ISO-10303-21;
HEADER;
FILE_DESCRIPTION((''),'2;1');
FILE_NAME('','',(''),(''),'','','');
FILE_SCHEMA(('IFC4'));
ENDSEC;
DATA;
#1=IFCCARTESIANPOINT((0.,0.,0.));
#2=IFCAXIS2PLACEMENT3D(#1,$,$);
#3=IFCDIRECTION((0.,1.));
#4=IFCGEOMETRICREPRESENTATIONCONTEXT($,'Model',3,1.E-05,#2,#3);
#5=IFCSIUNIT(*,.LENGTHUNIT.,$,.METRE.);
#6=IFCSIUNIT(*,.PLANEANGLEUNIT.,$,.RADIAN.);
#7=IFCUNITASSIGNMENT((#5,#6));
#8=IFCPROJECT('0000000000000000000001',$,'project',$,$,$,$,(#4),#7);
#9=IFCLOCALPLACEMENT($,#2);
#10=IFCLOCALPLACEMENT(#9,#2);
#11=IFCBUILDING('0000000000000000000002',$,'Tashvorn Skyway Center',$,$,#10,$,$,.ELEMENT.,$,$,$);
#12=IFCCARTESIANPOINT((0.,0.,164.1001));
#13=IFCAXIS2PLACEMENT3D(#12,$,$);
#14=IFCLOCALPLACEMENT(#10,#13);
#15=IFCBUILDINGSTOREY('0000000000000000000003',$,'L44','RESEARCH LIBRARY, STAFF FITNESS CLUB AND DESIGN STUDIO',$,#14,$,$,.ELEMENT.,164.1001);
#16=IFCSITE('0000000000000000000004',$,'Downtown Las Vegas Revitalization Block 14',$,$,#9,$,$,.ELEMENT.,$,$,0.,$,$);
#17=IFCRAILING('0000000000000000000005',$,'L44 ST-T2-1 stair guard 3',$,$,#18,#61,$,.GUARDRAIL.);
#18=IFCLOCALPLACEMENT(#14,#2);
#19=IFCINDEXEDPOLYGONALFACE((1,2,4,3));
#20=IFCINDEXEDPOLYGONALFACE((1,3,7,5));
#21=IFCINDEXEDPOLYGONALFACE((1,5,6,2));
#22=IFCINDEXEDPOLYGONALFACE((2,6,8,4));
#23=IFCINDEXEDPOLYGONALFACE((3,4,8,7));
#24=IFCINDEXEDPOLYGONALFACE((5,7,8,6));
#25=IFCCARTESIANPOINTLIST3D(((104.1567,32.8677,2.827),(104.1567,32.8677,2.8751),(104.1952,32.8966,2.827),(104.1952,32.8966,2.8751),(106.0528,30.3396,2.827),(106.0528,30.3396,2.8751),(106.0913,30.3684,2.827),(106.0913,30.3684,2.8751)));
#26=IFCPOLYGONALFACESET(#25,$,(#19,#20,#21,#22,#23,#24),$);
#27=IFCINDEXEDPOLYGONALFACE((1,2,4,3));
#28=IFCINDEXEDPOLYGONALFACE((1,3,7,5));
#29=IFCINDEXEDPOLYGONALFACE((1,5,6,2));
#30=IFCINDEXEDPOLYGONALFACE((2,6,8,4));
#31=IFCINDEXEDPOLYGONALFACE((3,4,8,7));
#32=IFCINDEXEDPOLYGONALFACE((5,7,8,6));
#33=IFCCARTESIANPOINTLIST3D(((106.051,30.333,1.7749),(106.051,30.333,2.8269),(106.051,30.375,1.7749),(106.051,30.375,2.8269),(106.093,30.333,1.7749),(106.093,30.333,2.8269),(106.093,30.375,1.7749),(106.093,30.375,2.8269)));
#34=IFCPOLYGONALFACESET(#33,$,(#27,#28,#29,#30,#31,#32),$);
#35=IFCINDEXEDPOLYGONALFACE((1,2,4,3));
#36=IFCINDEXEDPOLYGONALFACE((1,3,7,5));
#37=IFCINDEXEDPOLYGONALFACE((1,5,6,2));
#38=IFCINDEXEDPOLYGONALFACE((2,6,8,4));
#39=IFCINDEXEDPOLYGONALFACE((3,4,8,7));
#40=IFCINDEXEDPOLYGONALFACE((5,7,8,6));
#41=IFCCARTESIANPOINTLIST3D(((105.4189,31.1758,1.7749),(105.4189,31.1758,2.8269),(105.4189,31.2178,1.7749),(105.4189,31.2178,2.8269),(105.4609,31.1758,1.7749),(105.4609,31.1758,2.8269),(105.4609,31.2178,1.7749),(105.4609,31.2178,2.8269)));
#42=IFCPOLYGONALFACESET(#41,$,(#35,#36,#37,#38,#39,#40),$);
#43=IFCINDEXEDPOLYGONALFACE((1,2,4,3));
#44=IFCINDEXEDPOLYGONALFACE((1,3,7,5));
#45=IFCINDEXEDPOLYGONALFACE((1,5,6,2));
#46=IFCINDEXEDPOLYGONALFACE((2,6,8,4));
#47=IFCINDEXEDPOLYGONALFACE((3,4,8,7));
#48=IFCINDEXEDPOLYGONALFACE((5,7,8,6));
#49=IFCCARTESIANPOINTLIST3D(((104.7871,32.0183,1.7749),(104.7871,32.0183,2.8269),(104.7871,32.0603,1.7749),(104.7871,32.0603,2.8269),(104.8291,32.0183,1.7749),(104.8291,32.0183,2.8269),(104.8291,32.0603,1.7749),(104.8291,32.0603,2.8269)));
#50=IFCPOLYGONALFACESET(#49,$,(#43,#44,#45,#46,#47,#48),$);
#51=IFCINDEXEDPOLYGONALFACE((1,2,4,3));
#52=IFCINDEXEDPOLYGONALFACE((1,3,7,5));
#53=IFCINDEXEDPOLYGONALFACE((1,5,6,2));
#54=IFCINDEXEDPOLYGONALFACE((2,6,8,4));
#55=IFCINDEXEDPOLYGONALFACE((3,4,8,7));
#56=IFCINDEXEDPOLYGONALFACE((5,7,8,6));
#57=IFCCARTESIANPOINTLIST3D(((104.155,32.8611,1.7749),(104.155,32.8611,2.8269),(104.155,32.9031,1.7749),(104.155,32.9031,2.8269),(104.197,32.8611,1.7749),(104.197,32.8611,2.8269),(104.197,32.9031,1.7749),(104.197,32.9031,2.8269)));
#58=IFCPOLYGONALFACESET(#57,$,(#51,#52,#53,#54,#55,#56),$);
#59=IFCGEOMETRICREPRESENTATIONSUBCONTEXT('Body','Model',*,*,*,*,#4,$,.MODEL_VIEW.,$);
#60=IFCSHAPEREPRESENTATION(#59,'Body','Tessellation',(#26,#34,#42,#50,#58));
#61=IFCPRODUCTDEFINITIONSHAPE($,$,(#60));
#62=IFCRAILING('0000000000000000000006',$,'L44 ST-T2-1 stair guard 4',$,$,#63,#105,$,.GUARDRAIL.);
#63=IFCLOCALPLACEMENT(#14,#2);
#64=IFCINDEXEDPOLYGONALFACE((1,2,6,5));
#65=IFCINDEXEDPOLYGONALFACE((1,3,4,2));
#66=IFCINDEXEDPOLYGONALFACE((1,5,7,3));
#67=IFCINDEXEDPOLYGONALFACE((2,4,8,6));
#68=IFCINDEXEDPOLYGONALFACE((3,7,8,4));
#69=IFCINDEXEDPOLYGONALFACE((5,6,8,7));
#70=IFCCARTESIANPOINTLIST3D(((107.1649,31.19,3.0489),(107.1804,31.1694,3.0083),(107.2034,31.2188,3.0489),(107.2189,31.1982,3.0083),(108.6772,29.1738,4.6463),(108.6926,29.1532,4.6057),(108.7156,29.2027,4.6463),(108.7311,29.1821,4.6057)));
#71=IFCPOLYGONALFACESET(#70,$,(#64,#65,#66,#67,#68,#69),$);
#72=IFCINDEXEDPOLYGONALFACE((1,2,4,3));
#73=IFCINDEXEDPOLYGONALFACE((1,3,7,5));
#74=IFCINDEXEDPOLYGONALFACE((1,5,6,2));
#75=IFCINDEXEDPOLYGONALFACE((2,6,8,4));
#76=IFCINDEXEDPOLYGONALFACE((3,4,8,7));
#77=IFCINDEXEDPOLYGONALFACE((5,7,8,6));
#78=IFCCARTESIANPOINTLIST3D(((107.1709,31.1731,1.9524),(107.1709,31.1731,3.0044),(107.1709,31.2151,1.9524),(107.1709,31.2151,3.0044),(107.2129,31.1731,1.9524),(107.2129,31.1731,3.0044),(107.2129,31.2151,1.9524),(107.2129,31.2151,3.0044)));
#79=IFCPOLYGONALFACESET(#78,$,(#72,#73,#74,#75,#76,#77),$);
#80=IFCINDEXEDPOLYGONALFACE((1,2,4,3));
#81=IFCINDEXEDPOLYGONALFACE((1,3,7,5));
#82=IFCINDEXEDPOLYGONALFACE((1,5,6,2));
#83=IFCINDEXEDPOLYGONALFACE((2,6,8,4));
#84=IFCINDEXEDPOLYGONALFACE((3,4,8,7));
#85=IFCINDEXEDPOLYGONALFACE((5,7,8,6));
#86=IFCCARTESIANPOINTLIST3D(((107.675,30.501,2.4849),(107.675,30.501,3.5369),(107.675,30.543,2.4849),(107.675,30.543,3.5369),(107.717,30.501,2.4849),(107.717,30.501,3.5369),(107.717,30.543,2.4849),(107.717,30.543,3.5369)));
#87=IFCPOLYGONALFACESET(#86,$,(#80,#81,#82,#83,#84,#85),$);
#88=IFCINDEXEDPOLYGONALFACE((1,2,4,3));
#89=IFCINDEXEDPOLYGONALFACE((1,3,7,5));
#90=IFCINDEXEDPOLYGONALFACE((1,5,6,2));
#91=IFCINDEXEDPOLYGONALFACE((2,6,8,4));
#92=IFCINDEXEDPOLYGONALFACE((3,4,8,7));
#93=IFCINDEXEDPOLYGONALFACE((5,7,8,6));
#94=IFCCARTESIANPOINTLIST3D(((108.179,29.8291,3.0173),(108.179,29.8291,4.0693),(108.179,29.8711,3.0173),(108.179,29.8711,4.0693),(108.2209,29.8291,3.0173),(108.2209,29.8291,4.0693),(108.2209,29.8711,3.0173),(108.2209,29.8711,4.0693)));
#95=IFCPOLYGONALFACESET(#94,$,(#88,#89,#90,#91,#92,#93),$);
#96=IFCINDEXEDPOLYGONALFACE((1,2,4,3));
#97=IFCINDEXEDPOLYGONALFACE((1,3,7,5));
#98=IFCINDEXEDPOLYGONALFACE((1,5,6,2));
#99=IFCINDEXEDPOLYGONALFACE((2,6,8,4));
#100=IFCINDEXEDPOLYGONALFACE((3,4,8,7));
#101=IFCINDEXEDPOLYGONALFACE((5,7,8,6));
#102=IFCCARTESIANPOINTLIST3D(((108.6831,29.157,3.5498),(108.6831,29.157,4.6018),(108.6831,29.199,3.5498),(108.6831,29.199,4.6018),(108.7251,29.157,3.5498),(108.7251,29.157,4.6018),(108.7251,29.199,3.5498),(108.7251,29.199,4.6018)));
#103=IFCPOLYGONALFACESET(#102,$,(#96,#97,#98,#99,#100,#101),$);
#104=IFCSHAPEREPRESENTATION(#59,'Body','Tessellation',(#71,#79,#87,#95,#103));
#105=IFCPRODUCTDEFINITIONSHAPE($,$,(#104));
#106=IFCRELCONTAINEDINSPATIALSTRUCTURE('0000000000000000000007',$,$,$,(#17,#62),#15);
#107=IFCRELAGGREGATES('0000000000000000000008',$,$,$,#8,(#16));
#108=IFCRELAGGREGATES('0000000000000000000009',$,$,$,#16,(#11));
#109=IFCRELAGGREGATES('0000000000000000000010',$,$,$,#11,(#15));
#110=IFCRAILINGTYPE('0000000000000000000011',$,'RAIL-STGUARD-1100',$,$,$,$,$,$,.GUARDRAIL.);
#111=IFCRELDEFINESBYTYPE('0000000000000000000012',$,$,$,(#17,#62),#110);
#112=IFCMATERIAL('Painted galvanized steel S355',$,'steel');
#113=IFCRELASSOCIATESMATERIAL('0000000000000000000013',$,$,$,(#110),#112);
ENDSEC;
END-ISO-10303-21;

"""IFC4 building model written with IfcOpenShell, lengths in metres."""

from ifc_helpers import new_model, si_unit, direction, frame, origin, origin_2d, place, context, subcontext, project, spatial, rectangle, extrude, material, type_object, element, save


model = new_model("IFC4")

# Units and contexts
model_context = context("Model", 3, precision=1e-05, world=origin(), true_north=direction((0.0, 1.0)))
body_context = subcontext(model_context, "Body", "Model", "MODEL_VIEW")
ifc_project = project(units=[si_unit("LENGTHUNIT", "METRE"), si_unit("PLANEANGLEUNIT", "RADIAN")], contexts=[model_context])

# Site, building, storey
site_placement = place(None, origin())
site = spatial("IfcSite", under=ifc_project, at=site_placement, Name="Downtown Las Vegas Revitalization Block 14", CompositionType="ELEMENT", RefElevation=0.0)
building_placement = place(site_placement, origin())
building = spatial("IfcBuilding", under=site, at=building_placement, Name="Tashvorn Skyway Center", CompositionType="ELEMENT")
storey_placement = place(building_placement, frame((0.0, 0.0, 164.1001)))
storey = spatial("IfcBuildingStorey", under=building, at=storey_placement, Name="L44", Description="RESEARCH LIBRARY, STAFF FITNESS CLUB AND DESIGN STUDIO", CompositionType="ELEMENT", Elevation=164.1001)

# Railings
ifc_material_1 = material(Name="Painted galvanized steel S355", Category="steel")
railing_type_1 = type_object("IfcRailingType", Name="RAIL-STGUARD-1100", PredefinedType="GUARDRAIL", material=ifc_material_1)
railing_1_placement = place(storey_placement, frame((106.072, 30.354, 1.7749)))
element("IfcRailing", 1, at=railing_1_placement, inside=storey, type_object=railing_type_1, Name="L44 ST-T2-1 stair guard 3", PredefinedType="GUARDRAIL", context=body_context, shape_type="SweptSolid", body=[
    extrude(rectangle(XDim=0.0481, YDim=0.0481, at=origin_2d()), frame((0.0, 0.0, 1.0762), z_axis=(-0.599988, 0.800009, 0.0), x_axis=(-0.800009, -0.599988, 0.0)), (0.0, 0.0, 1.0), 3.1602),
    extrude(rectangle(XDim=0.042, YDim=0.042, at=origin_2d()), origin(), (0.0, 0.0, 1.0), 1.052),
    extrude(rectangle(XDim=0.042, YDim=0.042, at=origin_2d()), frame((-0.6321, 0.8428, 0.0)), (0.0, 0.0, 1.0), 1.052),
    extrude(rectangle(XDim=0.042, YDim=0.042, at=origin_2d()), frame((-1.2639, 1.6853, 0.0)), (0.0, 0.0, 1.0), 1.052),
    extrude(rectangle(XDim=0.042, YDim=0.042, at=origin_2d()), frame((-1.896, 2.5281, 0.0)), (0.0, 0.0, 1.0), 1.052),
])
railing_2_placement = place(storey_placement, frame((107.1919, 31.1941, 1.9524)))
element("IfcRailing", 2, at=railing_2_placement, inside=storey, type_object=railing_type_1, Name="L44 ST-T2-1 stair guard 4", PredefinedType="GUARDRAIL", context=body_context, shape_type="SweptSolid", body=[
    extrude(rectangle(XDim=0.0481, YDim=0.0481, at=origin_2d()), frame((0.0, 0.0, 1.0762), z_axis=(0.506802, -0.675681, 0.535357), x_axis=(0.799977, 0.600031, 0.0)), (0.0, 0.0, 1.0), 2.9839),
    extrude(rectangle(XDim=0.042, YDim=0.042, at=origin_2d()), origin(), (0.0, 0.0, 1.0), 1.052),
    extrude(rectangle(XDim=0.042, YDim=0.042, at=origin_2d()), frame((0.5042, -0.6721, 0.5325)), (0.0, 0.0, 1.0), 1.052),
    extrude(rectangle(XDim=0.042, YDim=0.042, at=origin_2d()), frame((1.0081, -1.344, 1.0649)), (0.0, 0.0, 1.0), 1.052),
    extrude(rectangle(XDim=0.042, YDim=0.042, at=origin_2d()), frame((1.5122, -2.0161, 1.5974)), (0.0, 0.0, 1.0), 1.052),
])

save(model, "model.ifc")
